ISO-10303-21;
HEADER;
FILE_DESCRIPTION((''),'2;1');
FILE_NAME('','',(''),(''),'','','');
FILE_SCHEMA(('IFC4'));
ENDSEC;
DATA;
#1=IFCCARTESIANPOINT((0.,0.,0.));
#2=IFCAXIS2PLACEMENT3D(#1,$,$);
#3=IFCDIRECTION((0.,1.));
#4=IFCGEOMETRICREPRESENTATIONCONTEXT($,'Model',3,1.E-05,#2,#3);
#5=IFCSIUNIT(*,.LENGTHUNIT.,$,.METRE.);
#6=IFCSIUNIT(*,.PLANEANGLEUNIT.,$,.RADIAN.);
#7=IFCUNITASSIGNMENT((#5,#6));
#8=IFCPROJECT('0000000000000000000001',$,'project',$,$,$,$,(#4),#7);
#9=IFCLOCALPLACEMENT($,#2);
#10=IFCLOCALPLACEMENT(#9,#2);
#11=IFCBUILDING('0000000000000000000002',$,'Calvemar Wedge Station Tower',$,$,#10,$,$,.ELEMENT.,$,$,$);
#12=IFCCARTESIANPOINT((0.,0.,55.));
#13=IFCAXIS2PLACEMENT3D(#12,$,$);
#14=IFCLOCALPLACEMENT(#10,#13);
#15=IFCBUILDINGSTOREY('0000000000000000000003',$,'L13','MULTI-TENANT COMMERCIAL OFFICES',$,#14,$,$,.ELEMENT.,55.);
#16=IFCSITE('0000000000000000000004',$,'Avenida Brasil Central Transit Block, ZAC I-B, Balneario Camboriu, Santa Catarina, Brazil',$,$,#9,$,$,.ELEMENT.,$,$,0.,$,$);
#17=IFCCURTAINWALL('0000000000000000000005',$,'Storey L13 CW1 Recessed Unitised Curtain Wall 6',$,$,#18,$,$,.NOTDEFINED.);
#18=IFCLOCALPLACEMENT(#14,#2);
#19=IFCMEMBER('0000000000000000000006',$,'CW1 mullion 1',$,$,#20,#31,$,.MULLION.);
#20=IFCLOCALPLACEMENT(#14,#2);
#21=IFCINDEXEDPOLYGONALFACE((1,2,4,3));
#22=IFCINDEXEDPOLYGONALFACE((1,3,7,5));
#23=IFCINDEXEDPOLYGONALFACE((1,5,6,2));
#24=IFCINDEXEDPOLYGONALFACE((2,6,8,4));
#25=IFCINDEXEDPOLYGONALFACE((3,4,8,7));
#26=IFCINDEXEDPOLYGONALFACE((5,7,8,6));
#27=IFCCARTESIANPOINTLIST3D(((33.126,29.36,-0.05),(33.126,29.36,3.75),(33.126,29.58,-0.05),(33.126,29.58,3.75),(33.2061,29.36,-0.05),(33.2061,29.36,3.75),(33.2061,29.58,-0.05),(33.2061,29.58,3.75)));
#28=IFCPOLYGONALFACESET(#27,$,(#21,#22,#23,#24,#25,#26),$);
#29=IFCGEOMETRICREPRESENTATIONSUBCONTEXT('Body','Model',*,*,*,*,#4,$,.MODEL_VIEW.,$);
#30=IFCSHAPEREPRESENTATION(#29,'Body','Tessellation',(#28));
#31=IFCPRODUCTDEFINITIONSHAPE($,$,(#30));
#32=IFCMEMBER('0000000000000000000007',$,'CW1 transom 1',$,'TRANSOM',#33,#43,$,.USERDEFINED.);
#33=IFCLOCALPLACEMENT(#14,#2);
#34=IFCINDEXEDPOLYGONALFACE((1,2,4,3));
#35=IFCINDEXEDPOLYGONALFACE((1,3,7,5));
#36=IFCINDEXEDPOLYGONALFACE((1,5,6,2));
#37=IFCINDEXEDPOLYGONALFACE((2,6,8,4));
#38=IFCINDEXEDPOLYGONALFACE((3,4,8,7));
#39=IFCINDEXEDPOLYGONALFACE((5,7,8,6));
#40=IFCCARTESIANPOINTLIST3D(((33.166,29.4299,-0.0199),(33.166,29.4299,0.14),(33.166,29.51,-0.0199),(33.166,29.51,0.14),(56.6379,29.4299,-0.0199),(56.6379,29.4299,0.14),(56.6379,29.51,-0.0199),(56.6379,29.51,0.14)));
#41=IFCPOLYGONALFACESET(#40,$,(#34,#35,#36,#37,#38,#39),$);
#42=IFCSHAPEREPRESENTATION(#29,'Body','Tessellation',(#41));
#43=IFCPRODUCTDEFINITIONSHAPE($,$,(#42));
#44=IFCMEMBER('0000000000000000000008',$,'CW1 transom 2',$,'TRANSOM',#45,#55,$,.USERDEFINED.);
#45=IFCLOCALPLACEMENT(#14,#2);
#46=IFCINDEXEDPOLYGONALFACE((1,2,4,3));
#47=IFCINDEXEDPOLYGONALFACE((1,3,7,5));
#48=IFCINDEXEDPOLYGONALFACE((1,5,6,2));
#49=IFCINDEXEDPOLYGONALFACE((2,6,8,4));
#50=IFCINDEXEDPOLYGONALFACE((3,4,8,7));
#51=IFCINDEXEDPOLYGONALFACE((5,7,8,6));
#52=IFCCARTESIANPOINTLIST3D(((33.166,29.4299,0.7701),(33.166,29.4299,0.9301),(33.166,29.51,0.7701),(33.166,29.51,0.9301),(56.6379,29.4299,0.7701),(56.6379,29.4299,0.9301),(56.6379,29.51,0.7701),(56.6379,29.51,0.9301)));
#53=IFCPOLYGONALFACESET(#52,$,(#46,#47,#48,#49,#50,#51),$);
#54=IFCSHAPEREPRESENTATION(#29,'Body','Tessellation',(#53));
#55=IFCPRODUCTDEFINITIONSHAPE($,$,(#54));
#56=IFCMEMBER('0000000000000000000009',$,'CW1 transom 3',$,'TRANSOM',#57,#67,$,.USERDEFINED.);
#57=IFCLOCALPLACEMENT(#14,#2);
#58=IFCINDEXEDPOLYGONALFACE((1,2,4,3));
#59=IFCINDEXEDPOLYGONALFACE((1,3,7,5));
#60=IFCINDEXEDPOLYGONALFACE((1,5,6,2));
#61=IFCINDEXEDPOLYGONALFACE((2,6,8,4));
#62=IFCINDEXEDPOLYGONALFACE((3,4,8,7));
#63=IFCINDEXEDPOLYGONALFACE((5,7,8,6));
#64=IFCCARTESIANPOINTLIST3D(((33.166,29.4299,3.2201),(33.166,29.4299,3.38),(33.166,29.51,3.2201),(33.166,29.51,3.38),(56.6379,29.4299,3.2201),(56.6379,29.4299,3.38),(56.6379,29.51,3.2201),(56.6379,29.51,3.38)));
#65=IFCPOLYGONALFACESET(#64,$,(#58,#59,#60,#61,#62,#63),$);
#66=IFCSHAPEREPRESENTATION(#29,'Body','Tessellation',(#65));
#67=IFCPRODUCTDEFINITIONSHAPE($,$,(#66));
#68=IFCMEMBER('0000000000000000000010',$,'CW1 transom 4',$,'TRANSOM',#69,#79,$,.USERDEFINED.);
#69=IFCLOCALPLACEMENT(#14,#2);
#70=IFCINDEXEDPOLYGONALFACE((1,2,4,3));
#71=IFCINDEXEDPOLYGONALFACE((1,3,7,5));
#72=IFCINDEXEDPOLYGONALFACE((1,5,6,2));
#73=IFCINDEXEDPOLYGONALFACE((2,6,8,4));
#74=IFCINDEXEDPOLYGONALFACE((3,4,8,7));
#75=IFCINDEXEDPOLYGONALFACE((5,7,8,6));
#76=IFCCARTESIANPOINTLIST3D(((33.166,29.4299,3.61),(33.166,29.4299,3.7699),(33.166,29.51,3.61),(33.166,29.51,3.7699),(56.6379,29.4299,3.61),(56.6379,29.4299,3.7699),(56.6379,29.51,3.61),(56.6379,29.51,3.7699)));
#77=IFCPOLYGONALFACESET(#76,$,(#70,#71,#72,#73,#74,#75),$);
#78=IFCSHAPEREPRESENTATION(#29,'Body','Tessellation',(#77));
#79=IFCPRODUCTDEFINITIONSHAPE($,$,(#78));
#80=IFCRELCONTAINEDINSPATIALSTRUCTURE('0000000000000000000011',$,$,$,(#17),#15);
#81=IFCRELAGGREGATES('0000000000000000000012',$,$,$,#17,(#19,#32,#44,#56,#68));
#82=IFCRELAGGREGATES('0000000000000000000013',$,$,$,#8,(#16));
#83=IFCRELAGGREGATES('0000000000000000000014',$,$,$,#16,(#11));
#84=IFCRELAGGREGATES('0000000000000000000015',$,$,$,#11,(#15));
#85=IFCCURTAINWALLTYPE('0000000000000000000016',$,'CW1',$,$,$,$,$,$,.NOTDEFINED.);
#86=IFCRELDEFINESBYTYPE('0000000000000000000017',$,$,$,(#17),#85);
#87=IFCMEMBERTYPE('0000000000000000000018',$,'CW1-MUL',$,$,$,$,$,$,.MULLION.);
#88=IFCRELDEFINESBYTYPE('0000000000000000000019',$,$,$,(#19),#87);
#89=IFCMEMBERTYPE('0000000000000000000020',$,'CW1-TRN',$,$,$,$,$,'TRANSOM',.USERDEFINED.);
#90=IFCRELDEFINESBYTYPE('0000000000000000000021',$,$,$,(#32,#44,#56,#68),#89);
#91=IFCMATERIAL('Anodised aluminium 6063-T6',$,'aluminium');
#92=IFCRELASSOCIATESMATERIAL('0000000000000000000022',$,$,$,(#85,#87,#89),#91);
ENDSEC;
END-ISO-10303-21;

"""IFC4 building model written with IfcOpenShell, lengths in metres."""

from ifc_helpers import new_model, si_unit, direction, frame, origin, origin_2d, place, context, subcontext, project, spatial, rectangle, extrude, source, transform, mapped, material, material_profile, profile_set, type_object, element, aggregate, save


model = new_model("IFC4")

# Units and contexts
model_context = context("Model", 3, precision=1e-05, world=origin(), true_north=direction((0.0, 1.0)))
body_context = subcontext(model_context, "Body", "Model", "MODEL_VIEW")
ifc_project = project(units=[si_unit("LENGTHUNIT", "METRE"), si_unit("PLANEANGLEUNIT", "RADIAN")], contexts=[model_context])

# Site, building, storey
site_placement = place(None, origin())
site = spatial("IfcSite", under=ifc_project, at=site_placement, Name="Avenida Brasil Central Transit Block, ZAC I-B, Balneario Camboriu, Santa Catarina, Brazil", CompositionType="ELEMENT", RefElevation=0.0)
building_placement = place(site_placement, origin())
building = spatial("IfcBuilding", under=site, at=building_placement, Name="Calvemar Wedge Station Tower", CompositionType="ELEMENT")
storey_placement = place(building_placement, frame((0.0, 0.0, 55.0)))
storey = spatial("IfcBuildingStorey", under=building, at=storey_placement, Name="L13", Description="MULTI-TENANT COMMERCIAL OFFICES", CompositionType="ELEMENT", Elevation=55.0)

# Curtain wall, members
ifc_material_1 = material(Name="Anodised aluminium 6063-T6", Category="aluminium")
curtain_wall_type = type_object("IfcCurtainWallType", Name="CW1", PredefinedType="NOTDEFINED", material=ifc_material_1)
curtain_wall_placement = place(storey_placement, origin())
curtain_wall = element("IfcCurtainWall", 1, at=curtain_wall_placement, inside=storey, type_object=curtain_wall_type, Name="Storey L13 CW1 Recessed Unitised Curtain Wall 6", PredefinedType="NOTDEFINED")
ifc_material_profile_1 = material_profile(ifc_material_1, rectangle(XDim=0.0801, YDim=0.22, at=origin_2d()), Name="AL-MUL-80x220")
ifc_profile_set_1 = profile_set([ifc_material_profile_1], Name="Anodised aluminium 6063-T6")
member_type_1 = type_object("IfcMemberType", Name="CW1-MUL", PredefinedType="MULLION", material=ifc_profile_set_1)
shared_shape_1 = source(origin(), body_context, "Body", "SweptSolid", [
    extrude(rectangle(XDim=0.0801, YDim=0.22, at=origin_2d()), origin(), (0.0, 0.0, 1.0), 3.8),
])
member_1_placement = place(storey_placement, frame((33.166, 29.47, -0.05), z_axis=(0.0, 0.0, 1.0), x_axis=(1.0, 0.0, 0.0)))
member_1 = element("IfcMember", 2, at=member_1_placement, type_object=member_type_1, Name="CW1 mullion 1", PredefinedType="MULLION", context=body_context, shape_type="MappedRepresentation", body=[
    mapped(shared_shape_1, transform((0.0, 0.0, 0.0), scale=1.0)),
])
ifc_material_profile_2 = material_profile(ifc_material_1, rectangle(XDim=0.0801, YDim=0.1599, at=origin_2d()), Name="AL-TRN-80x160")
ifc_profile_set_2 = profile_set([ifc_material_profile_2], Name="Anodised aluminium 6063-T6")
member_type_2 = type_object("IfcMemberType", Name="CW1-TRN", ElementType="TRANSOM", PredefinedType="USERDEFINED", material=ifc_profile_set_2)
shared_shape_2 = source(origin(), body_context, "Body", "SweptSolid", [
    extrude(rectangle(XDim=0.0801, YDim=0.1599, at=origin_2d()), origin(), (0.0, 0.0, 1.0), 23.4719),
])
member_2_placement = place(storey_placement, frame((33.166, 29.47, 0.0601), z_axis=(1.0, 0.0, 0.0), x_axis=(0.0, 1.0, 0.0)))
member_2 = element("IfcMember", 3, at=member_2_placement, type_object=member_type_2, Name="CW1 transom 1", ObjectType="TRANSOM", PredefinedType="USERDEFINED", context=body_context, shape_type="MappedRepresentation", body=[
    mapped(shared_shape_2, transform((0.0, 0.0, 0.0), scale=1.0)),
])
member_3_placement = place(storey_placement, frame((33.166, 29.47, 0.8501), z_axis=(1.0, 0.0, 0.0), x_axis=(0.0, 1.0, 0.0)))
member_3 = element("IfcMember", 4, at=member_3_placement, type_object=member_type_2, Name="CW1 transom 2", ObjectType="TRANSOM", PredefinedType="USERDEFINED", context=body_context, shape_type="MappedRepresentation", body=[
    mapped(shared_shape_2, transform((0.0, 0.0, 0.0), scale=1.0)),
])
member_4_placement = place(storey_placement, frame((33.166, 29.47, 3.3), z_axis=(1.0, 0.0, 0.0), x_axis=(0.0, 1.0, 0.0)))
member_4 = element("IfcMember", 5, at=member_4_placement, type_object=member_type_2, Name="CW1 transom 3", ObjectType="TRANSOM", PredefinedType="USERDEFINED", context=body_context, shape_type="MappedRepresentation", body=[
    mapped(shared_shape_2, transform((0.0, 0.0, 0.0), scale=1.0)),
])
member_5_placement = place(storey_placement, frame((33.166, 29.47, 3.6899), z_axis=(1.0, 0.0, 0.0), x_axis=(0.0, 1.0, 0.0)))
member_5 = element("IfcMember", 6, at=member_5_placement, type_object=member_type_2, Name="CW1 transom 4", ObjectType="TRANSOM", PredefinedType="USERDEFINED", context=body_context, shape_type="MappedRepresentation", body=[
    mapped(shared_shape_2, transform((0.0, 0.0, 0.0), scale=1.0)),
])
aggregate(curtain_wall, [member_1, member_2, member_3, member_4, member_5])

save(model, "model.ifc")
